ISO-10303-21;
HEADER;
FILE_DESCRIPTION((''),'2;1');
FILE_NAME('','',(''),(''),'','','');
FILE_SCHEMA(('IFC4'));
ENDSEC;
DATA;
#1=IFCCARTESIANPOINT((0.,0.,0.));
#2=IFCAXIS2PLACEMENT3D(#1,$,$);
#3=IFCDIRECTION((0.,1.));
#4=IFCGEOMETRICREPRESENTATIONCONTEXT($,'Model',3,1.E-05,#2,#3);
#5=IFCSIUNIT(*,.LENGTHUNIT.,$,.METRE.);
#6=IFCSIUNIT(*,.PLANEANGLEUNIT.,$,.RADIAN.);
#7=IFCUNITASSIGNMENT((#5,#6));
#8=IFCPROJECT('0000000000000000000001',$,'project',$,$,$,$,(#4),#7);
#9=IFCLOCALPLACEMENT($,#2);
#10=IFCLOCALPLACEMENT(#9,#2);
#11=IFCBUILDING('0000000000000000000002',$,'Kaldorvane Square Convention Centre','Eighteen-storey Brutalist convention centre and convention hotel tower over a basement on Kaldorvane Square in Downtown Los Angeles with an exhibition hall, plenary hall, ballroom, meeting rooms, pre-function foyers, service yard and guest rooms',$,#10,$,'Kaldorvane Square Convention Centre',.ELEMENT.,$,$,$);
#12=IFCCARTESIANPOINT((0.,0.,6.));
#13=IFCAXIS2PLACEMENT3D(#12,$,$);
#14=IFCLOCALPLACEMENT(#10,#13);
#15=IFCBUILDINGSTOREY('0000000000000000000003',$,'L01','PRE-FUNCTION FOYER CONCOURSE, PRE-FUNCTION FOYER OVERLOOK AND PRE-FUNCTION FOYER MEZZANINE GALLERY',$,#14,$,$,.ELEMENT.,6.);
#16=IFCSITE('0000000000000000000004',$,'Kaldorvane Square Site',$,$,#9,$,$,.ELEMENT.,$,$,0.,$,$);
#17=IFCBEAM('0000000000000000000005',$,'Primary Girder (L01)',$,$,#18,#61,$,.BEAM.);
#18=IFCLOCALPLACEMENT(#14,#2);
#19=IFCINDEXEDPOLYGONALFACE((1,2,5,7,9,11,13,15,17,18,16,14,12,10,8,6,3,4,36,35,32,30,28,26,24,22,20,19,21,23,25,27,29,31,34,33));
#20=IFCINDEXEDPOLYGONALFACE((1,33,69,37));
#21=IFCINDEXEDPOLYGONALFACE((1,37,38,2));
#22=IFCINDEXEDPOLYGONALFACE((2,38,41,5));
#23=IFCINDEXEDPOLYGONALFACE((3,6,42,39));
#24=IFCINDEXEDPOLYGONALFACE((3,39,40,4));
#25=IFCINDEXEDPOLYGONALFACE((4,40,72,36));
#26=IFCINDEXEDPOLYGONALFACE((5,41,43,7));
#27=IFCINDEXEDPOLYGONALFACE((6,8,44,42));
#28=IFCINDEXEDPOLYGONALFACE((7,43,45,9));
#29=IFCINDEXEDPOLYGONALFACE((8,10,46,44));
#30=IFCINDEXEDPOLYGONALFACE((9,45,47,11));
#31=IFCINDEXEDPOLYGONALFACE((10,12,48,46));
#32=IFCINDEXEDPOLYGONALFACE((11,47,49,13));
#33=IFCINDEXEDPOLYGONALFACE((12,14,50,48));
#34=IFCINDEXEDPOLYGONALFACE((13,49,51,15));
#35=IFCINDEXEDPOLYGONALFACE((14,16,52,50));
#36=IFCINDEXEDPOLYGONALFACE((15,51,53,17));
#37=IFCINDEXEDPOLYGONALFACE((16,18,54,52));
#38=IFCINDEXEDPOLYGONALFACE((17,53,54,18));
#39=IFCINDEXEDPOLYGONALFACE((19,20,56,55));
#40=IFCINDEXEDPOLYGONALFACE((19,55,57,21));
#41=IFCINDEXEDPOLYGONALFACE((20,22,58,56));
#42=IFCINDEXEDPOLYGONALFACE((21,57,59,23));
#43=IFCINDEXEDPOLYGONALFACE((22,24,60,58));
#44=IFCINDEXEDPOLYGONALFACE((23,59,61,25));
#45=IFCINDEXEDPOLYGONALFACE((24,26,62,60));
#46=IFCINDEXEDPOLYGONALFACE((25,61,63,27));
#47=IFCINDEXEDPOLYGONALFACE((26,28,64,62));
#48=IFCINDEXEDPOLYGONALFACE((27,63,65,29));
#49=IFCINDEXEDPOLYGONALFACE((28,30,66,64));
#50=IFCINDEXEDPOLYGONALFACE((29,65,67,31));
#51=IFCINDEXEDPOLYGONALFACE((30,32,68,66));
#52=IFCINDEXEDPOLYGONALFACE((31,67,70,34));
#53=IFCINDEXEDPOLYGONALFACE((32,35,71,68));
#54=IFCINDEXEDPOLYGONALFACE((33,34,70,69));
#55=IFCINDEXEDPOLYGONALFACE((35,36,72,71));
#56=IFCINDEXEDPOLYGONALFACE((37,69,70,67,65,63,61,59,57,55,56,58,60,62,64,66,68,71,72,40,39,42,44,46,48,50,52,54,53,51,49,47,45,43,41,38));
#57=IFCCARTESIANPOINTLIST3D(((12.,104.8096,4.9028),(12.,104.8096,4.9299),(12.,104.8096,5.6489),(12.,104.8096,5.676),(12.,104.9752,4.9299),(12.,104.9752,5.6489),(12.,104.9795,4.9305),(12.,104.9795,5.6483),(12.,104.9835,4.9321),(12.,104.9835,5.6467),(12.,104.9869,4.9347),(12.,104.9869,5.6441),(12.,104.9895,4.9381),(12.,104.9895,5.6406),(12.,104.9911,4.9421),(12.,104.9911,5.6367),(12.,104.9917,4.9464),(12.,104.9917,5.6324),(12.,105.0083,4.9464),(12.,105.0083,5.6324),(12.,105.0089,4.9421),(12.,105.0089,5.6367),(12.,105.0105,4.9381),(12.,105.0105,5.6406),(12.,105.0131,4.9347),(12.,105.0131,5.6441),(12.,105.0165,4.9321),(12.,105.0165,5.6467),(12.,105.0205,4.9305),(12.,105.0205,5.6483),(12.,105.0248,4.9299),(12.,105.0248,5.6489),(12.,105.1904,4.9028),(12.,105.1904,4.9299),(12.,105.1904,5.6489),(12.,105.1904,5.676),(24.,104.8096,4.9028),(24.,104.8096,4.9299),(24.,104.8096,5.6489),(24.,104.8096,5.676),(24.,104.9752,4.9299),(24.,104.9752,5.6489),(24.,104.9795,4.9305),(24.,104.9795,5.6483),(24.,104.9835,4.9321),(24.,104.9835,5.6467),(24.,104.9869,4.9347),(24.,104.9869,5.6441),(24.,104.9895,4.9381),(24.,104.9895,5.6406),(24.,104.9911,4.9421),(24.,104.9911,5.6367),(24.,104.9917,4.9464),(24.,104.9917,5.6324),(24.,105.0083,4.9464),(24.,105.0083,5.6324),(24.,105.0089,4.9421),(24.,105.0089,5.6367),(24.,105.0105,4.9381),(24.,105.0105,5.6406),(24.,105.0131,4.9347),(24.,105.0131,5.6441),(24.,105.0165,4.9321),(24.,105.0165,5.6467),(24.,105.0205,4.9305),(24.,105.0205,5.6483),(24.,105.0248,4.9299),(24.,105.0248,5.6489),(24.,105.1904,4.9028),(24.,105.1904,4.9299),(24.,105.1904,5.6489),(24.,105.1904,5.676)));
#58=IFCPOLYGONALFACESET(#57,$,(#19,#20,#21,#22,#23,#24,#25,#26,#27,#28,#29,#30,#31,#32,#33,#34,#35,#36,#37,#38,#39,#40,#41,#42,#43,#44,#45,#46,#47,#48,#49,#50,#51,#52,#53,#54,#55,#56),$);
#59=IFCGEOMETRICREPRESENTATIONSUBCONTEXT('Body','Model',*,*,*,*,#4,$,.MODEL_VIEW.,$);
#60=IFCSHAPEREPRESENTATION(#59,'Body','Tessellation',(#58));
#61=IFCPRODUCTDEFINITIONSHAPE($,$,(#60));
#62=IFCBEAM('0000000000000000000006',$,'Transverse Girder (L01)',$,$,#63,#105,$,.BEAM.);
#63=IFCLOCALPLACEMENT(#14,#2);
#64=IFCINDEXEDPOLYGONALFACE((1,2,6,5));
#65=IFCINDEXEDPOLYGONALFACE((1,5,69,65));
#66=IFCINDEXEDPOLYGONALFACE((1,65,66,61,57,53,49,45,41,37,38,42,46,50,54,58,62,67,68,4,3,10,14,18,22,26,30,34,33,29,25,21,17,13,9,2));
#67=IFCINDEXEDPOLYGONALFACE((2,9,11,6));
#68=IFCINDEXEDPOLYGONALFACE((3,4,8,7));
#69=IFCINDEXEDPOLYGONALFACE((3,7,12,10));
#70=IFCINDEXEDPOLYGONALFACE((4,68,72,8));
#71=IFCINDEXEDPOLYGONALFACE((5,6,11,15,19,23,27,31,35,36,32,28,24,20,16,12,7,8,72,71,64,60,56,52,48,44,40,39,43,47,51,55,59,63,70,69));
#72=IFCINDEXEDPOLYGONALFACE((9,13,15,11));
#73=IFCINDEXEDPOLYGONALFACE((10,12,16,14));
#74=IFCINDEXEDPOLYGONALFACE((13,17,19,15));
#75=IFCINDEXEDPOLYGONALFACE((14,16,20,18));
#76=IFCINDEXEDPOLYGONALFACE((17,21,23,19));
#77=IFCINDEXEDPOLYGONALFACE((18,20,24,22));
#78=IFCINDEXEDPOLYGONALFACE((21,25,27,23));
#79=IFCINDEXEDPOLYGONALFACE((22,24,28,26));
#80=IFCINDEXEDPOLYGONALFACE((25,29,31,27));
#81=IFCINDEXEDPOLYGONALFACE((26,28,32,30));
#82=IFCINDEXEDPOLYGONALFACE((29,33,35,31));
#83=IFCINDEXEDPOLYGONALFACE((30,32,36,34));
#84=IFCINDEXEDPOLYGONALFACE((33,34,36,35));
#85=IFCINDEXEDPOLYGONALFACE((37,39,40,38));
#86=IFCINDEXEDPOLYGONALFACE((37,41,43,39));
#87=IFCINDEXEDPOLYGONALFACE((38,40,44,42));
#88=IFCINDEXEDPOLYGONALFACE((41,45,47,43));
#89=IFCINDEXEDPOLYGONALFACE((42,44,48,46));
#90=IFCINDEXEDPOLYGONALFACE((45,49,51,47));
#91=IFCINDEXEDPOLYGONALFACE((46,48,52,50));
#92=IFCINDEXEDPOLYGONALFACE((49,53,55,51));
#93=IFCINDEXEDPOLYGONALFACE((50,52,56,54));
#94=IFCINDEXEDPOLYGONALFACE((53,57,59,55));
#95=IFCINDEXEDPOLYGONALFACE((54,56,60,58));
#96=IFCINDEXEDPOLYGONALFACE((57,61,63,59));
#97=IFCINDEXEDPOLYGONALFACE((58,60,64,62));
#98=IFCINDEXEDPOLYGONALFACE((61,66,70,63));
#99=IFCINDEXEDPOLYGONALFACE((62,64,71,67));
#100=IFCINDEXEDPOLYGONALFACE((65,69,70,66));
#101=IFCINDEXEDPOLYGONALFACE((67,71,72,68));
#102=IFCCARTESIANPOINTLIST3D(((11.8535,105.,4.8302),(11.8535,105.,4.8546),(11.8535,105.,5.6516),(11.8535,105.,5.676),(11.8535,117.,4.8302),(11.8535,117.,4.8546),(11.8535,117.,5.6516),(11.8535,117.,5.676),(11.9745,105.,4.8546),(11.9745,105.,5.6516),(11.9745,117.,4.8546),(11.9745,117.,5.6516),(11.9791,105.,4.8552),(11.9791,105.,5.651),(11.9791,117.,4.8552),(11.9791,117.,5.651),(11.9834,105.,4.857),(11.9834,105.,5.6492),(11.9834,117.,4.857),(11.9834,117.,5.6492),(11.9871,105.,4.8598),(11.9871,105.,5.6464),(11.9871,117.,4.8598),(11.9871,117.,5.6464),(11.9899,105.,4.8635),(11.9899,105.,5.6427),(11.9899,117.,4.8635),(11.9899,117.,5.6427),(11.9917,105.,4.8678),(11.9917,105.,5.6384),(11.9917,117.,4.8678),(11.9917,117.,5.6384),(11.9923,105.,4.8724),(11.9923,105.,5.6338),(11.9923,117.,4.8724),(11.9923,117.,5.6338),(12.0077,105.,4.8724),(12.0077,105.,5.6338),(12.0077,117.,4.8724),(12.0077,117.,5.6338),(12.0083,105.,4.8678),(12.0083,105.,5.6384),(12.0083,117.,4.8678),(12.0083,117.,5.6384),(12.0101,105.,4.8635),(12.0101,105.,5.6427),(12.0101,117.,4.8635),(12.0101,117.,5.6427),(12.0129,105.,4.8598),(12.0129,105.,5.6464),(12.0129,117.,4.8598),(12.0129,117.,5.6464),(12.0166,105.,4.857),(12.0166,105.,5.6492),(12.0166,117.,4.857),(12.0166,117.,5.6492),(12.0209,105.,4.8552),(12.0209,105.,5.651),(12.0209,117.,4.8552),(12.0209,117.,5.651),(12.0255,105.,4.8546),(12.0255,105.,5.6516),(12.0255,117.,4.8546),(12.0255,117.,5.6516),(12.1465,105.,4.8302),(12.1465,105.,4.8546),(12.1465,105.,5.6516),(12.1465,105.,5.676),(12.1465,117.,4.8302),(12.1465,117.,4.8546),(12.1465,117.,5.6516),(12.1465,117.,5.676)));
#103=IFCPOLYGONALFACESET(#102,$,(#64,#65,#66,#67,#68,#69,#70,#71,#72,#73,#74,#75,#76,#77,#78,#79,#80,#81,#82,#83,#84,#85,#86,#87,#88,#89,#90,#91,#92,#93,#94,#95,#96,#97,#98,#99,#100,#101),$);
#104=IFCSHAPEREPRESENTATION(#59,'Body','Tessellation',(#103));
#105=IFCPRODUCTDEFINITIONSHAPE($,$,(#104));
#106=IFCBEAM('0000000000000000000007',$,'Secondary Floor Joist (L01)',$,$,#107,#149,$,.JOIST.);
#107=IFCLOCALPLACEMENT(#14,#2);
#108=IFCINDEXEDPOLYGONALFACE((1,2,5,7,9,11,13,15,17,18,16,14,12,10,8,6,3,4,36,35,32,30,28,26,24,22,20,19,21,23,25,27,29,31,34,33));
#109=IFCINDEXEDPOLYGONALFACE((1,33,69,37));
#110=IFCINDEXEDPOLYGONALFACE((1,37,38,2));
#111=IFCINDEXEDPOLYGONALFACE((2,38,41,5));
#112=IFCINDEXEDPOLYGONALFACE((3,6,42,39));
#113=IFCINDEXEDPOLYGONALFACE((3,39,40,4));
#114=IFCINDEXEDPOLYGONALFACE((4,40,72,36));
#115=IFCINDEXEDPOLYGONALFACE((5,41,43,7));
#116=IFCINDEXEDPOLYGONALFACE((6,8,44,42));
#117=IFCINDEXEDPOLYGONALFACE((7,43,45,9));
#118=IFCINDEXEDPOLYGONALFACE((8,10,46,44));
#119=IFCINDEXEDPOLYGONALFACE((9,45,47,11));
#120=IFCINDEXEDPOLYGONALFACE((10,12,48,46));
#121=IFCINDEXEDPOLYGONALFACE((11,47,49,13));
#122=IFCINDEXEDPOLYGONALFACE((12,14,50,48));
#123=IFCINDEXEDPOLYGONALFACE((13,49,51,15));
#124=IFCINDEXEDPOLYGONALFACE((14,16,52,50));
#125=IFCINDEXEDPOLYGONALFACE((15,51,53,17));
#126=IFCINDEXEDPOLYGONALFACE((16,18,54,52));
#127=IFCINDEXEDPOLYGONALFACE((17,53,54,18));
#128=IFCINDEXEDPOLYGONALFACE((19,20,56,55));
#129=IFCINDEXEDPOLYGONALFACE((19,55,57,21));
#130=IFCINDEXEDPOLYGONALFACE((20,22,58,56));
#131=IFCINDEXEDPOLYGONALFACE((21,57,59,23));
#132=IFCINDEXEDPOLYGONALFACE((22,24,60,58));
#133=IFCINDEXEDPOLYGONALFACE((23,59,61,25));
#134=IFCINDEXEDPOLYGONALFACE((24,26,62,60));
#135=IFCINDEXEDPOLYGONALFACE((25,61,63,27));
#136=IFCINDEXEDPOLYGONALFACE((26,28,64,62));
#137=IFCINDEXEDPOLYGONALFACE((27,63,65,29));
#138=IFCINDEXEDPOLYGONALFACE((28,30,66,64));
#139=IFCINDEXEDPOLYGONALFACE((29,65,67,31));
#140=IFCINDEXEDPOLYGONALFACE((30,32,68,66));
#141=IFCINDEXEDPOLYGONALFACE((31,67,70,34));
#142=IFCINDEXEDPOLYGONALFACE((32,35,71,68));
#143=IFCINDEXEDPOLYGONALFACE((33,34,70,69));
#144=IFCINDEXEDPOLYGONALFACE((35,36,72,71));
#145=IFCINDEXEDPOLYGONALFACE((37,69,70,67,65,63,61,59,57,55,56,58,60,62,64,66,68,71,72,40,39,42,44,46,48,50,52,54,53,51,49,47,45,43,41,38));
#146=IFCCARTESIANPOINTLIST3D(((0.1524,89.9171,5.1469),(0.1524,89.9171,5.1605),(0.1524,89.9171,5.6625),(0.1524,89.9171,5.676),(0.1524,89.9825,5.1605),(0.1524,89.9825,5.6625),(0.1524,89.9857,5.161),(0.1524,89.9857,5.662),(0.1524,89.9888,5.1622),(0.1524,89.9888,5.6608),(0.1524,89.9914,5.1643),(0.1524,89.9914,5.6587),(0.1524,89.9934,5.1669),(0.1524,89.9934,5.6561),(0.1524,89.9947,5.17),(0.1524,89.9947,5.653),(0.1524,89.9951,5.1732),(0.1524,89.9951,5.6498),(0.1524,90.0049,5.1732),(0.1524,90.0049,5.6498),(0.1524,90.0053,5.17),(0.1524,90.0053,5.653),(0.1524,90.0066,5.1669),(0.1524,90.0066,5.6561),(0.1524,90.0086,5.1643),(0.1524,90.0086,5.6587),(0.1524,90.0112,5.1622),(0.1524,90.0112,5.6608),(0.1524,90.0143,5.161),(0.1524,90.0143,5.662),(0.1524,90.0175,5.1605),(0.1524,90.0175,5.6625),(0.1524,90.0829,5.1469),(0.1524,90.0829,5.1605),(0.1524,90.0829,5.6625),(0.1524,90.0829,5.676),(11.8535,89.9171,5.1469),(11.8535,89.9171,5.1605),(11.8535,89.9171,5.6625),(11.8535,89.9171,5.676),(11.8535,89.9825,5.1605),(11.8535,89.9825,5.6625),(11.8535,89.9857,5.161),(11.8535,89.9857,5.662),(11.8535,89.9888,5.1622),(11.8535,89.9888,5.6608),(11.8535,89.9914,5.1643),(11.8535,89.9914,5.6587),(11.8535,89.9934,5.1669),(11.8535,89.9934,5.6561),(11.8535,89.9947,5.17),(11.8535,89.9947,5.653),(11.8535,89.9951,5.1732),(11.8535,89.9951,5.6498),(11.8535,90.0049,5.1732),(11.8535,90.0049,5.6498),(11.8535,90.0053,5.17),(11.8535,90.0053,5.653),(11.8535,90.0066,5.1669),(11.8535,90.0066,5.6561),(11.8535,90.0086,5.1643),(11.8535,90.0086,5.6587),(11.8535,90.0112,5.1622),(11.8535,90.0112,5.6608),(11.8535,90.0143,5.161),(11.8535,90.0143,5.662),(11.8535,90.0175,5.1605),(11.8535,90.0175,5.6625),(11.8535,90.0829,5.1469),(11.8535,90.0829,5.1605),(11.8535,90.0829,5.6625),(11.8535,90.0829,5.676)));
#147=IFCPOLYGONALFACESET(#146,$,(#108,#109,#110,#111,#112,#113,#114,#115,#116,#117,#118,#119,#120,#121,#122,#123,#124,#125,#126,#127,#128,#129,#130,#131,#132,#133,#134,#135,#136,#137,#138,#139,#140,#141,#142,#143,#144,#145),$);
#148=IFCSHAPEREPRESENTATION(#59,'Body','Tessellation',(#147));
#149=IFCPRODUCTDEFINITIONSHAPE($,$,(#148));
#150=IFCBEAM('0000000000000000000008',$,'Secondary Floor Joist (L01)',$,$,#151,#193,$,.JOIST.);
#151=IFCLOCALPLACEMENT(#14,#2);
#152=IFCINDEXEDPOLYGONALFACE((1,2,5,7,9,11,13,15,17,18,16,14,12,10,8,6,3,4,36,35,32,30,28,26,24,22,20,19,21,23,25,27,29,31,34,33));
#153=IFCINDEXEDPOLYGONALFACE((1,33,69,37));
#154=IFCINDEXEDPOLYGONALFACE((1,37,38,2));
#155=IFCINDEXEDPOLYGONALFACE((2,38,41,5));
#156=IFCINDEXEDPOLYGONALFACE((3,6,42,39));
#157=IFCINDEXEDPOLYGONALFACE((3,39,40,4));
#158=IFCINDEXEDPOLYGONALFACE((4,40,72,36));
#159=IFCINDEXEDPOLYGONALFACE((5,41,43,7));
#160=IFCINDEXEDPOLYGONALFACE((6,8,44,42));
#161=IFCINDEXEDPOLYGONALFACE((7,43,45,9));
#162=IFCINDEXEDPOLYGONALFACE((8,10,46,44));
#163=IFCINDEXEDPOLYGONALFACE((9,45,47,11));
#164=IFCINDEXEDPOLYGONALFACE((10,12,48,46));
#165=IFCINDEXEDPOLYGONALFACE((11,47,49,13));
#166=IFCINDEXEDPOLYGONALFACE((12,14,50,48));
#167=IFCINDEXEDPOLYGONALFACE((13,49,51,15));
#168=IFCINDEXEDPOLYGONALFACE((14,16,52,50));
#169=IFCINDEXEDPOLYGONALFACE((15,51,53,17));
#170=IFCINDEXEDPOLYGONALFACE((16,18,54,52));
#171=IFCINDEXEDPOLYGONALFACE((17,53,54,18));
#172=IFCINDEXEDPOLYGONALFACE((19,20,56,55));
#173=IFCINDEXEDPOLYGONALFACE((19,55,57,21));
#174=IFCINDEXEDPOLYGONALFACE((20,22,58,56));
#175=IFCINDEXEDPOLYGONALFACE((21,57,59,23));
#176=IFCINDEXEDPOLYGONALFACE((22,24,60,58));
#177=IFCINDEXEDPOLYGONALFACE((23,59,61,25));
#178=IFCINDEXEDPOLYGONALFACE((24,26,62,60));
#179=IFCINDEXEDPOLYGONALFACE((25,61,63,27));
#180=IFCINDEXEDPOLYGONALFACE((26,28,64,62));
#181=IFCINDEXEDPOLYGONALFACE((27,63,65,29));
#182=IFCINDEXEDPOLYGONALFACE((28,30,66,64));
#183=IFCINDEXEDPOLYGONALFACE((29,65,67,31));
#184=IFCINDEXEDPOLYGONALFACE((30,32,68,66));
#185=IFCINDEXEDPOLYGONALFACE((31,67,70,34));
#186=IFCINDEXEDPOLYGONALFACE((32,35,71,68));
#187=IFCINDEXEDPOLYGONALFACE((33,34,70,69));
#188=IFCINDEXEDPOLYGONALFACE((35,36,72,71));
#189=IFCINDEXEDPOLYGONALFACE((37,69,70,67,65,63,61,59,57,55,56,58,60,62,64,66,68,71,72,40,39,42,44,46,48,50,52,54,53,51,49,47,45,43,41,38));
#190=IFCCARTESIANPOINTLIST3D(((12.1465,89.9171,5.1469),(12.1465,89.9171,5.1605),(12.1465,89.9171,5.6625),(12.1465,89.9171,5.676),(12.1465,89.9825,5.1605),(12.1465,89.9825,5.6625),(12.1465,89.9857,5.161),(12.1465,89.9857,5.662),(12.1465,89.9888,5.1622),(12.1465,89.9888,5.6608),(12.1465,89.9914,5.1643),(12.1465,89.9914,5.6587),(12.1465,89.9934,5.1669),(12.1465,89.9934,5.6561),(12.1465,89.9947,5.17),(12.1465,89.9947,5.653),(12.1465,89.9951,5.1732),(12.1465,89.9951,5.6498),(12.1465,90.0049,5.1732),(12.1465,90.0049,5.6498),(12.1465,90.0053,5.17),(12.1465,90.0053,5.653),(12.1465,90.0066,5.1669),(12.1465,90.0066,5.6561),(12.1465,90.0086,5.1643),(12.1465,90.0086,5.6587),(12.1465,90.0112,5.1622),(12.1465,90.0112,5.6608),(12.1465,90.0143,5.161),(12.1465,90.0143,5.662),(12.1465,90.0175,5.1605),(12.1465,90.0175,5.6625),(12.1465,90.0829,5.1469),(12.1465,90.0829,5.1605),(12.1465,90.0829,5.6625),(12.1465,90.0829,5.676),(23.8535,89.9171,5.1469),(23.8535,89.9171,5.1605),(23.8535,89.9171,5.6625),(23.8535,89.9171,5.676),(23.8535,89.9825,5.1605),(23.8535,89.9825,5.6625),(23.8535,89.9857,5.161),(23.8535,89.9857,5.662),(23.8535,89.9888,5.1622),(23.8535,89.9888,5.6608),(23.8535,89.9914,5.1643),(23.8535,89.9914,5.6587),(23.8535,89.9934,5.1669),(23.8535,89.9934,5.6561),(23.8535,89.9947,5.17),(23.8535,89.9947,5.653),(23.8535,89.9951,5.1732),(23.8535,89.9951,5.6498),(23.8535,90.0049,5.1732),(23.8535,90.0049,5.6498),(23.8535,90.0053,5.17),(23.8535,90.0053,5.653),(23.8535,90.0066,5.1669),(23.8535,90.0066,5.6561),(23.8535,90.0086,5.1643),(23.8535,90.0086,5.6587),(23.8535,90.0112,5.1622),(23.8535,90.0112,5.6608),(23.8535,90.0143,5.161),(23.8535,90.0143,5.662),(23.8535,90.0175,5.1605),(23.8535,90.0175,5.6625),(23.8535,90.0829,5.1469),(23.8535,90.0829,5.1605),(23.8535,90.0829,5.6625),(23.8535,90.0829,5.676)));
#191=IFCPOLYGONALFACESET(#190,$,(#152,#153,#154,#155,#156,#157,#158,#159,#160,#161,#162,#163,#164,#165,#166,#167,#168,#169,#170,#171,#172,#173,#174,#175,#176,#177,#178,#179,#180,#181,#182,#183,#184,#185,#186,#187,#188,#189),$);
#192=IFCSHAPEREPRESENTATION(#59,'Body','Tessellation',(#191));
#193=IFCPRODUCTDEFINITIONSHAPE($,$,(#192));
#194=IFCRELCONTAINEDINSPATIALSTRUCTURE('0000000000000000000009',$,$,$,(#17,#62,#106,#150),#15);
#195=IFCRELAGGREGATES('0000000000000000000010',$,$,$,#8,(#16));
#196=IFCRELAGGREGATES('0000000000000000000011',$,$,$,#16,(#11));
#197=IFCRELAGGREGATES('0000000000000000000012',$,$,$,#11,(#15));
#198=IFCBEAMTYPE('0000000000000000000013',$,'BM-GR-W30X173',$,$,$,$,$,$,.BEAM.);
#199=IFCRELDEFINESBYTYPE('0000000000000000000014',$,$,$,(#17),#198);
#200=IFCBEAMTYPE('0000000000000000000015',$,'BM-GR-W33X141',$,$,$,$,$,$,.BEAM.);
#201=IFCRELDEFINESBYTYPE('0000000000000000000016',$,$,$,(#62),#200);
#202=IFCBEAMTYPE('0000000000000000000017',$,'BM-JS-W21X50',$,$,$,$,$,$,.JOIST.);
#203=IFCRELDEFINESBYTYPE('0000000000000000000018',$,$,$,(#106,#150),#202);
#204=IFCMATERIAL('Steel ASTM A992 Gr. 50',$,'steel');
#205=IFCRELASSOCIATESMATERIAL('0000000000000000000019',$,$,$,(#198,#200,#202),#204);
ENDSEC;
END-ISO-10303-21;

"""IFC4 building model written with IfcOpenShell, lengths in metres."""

from ifc_helpers import new_model, si_unit, direction, frame, origin, origin_2d, place, context, subcontext, project, spatial, i_section, extrude, material, material_profile, profile_set, type_object, element, save


model = new_model("IFC4")

# Units and contexts
model_context = context("Model", 3, precision=1e-05, world=origin(), true_north=direction((0.0, 1.0)))
body_context = subcontext(model_context, "Body", "Model", "MODEL_VIEW")
ifc_project = project(units=[si_unit("LENGTHUNIT", "METRE"), si_unit("PLANEANGLEUNIT", "RADIAN")], contexts=[model_context])

# Site, building, storey
site_placement = place(None, origin())
site = spatial("IfcSite", under=ifc_project, at=site_placement, Name="Kaldorvane Square Site", CompositionType="ELEMENT", RefElevation=0.0)
building_placement = place(site_placement, origin())
building = spatial("IfcBuilding", under=site, at=building_placement, Name="Kaldorvane Square Convention Centre", Description="Eighteen-storey Brutalist convention centre and convention hotel tower over a basement on Kaldorvane Square in Downtown Los Angeles with an exhibition hall, plenary hall, ballroom, meeting rooms, pre-function foyers, service yard and guest rooms", LongName="Kaldorvane Square Convention Centre", CompositionType="ELEMENT")
storey_placement = place(building_placement, frame((0.0, 0.0, 6.0)))
storey = spatial("IfcBuildingStorey", under=building, at=storey_placement, Name="L01", Description="PRE-FUNCTION FOYER CONCOURSE, PRE-FUNCTION FOYER OVERLOOK AND PRE-FUNCTION FOYER MEZZANINE GALLERY", CompositionType="ELEMENT", Elevation=6.0)

# Shared definitions
ifc_material_1 = material(Name="Steel ASTM A992 Gr. 50", Category="steel")

# Beams
ifc_material_profile_1 = material_profile(ifc_material_1, i_section(OverallWidth=0.3807, OverallDepth=0.7732, WebThickness=0.0166, FlangeThickness=0.0271, FilletRadius=0.0165, at=origin_2d()), Name="W30X173")
ifc_profile_set_1 = profile_set([ifc_material_profile_1], Name="Steel ASTM A992 Gr. 50")
beam_type_1 = type_object("IfcBeamType", Name="BM-GR-W30X173", PredefinedType="BEAM", material=ifc_profile_set_1)
for number, where, z_axis, x_axis, name in (
    (1, (12.0, 105.0, 5.2894), (1.0, 0.0, 0.0), (0.0, 1.0, 0.0), "Primary Girder (L01)"),
):
    element("IfcBeam", number, at=place(storey_placement, frame(where, z_axis=z_axis, x_axis=x_axis)), inside=storey, type_object=beam_type_1, Name=name, PredefinedType="BEAM", context=body_context, shape_type="SweptSolid", body=[
        extrude(i_section(OverallWidth=0.3807, OverallDepth=0.7732, WebThickness=0.0166, FlangeThickness=0.0271, FilletRadius=0.0165, at=origin_2d()), origin(), (0.0, 0.0, 1.0), 12.0),
    ])
ifc_material_profile_2 = material_profile(ifc_material_1, i_section(OverallWidth=0.293, OverallDepth=0.8458, WebThickness=0.0154, FlangeThickness=0.0244, FilletRadius=0.0178, at=origin_2d()), Name="W33X141")
ifc_profile_set_2 = profile_set([ifc_material_profile_2], Name="Steel ASTM A992 Gr. 50")
beam_type_2 = type_object("IfcBeamType", Name="BM-GR-W33X141", PredefinedType="BEAM", material=ifc_profile_set_2)
beam_1_placement = place(storey_placement, frame((12.0, 105.0, 5.2531), z_axis=(0.0, 1.0, 0.0), x_axis=(-1.0, 0.0, 0.0)))
element("IfcBeam", 2, at=beam_1_placement, inside=storey, type_object=beam_type_2, Name="Transverse Girder (L01)", PredefinedType="BEAM", context=body_context, shape_type="SweptSolid", body=[
    extrude(i_section(OverallWidth=0.293, OverallDepth=0.8458, WebThickness=0.0154, FlangeThickness=0.0244, FilletRadius=0.0178, at=origin_2d()), origin(), (0.0, 0.0, 1.0), 12.0),
])
ifc_material_profile_3 = material_profile(ifc_material_1, i_section(OverallWidth=0.1659, OverallDepth=0.5291, WebThickness=0.0097, FlangeThickness=0.0136, FilletRadius=0.0127, at=origin_2d()), Name="W21X50")
ifc_profile_set_3 = profile_set([ifc_material_profile_3], Name="Steel ASTM A992 Gr. 50")
beam_type_3 = type_object("IfcBeamType", Name="BM-JS-W21X50", PredefinedType="JOIST", material=ifc_profile_set_3)
beam_2_placement = place(storey_placement, frame((0.1524, 90.0, 5.4115), z_axis=(1.0, 0.0, 0.0), x_axis=(0.0, 1.0, 0.0)))
element("IfcBeam", 3, at=beam_2_placement, inside=storey, type_object=beam_type_3, Name="Secondary Floor Joist (L01)", PredefinedType="JOIST", context=body_context, shape_type="SweptSolid", body=[
    extrude(i_section(OverallWidth=0.1659, OverallDepth=0.5291, WebThickness=0.0097, FlangeThickness=0.0136, FilletRadius=0.0127, at=origin_2d()), origin(), (0.0, 0.0, 1.0), 11.7011),
])
beam_3_placement = place(storey_placement, frame((12.1465, 90.0, 5.4115), z_axis=(1.0, 0.0, 0.0), x_axis=(0.0, 1.0, 0.0)))
element("IfcBeam", 4, at=beam_3_placement, inside=storey, type_object=beam_type_3, Name="Secondary Floor Joist (L01)", PredefinedType="JOIST", context=body_context, shape_type="SweptSolid", body=[
    extrude(i_section(OverallWidth=0.1659, OverallDepth=0.5291, WebThickness=0.0097, FlangeThickness=0.0136, FilletRadius=0.0127, at=origin_2d()), origin(), (0.0, 0.0, 1.0), 11.707),
])

save(model, "model.ifc")
